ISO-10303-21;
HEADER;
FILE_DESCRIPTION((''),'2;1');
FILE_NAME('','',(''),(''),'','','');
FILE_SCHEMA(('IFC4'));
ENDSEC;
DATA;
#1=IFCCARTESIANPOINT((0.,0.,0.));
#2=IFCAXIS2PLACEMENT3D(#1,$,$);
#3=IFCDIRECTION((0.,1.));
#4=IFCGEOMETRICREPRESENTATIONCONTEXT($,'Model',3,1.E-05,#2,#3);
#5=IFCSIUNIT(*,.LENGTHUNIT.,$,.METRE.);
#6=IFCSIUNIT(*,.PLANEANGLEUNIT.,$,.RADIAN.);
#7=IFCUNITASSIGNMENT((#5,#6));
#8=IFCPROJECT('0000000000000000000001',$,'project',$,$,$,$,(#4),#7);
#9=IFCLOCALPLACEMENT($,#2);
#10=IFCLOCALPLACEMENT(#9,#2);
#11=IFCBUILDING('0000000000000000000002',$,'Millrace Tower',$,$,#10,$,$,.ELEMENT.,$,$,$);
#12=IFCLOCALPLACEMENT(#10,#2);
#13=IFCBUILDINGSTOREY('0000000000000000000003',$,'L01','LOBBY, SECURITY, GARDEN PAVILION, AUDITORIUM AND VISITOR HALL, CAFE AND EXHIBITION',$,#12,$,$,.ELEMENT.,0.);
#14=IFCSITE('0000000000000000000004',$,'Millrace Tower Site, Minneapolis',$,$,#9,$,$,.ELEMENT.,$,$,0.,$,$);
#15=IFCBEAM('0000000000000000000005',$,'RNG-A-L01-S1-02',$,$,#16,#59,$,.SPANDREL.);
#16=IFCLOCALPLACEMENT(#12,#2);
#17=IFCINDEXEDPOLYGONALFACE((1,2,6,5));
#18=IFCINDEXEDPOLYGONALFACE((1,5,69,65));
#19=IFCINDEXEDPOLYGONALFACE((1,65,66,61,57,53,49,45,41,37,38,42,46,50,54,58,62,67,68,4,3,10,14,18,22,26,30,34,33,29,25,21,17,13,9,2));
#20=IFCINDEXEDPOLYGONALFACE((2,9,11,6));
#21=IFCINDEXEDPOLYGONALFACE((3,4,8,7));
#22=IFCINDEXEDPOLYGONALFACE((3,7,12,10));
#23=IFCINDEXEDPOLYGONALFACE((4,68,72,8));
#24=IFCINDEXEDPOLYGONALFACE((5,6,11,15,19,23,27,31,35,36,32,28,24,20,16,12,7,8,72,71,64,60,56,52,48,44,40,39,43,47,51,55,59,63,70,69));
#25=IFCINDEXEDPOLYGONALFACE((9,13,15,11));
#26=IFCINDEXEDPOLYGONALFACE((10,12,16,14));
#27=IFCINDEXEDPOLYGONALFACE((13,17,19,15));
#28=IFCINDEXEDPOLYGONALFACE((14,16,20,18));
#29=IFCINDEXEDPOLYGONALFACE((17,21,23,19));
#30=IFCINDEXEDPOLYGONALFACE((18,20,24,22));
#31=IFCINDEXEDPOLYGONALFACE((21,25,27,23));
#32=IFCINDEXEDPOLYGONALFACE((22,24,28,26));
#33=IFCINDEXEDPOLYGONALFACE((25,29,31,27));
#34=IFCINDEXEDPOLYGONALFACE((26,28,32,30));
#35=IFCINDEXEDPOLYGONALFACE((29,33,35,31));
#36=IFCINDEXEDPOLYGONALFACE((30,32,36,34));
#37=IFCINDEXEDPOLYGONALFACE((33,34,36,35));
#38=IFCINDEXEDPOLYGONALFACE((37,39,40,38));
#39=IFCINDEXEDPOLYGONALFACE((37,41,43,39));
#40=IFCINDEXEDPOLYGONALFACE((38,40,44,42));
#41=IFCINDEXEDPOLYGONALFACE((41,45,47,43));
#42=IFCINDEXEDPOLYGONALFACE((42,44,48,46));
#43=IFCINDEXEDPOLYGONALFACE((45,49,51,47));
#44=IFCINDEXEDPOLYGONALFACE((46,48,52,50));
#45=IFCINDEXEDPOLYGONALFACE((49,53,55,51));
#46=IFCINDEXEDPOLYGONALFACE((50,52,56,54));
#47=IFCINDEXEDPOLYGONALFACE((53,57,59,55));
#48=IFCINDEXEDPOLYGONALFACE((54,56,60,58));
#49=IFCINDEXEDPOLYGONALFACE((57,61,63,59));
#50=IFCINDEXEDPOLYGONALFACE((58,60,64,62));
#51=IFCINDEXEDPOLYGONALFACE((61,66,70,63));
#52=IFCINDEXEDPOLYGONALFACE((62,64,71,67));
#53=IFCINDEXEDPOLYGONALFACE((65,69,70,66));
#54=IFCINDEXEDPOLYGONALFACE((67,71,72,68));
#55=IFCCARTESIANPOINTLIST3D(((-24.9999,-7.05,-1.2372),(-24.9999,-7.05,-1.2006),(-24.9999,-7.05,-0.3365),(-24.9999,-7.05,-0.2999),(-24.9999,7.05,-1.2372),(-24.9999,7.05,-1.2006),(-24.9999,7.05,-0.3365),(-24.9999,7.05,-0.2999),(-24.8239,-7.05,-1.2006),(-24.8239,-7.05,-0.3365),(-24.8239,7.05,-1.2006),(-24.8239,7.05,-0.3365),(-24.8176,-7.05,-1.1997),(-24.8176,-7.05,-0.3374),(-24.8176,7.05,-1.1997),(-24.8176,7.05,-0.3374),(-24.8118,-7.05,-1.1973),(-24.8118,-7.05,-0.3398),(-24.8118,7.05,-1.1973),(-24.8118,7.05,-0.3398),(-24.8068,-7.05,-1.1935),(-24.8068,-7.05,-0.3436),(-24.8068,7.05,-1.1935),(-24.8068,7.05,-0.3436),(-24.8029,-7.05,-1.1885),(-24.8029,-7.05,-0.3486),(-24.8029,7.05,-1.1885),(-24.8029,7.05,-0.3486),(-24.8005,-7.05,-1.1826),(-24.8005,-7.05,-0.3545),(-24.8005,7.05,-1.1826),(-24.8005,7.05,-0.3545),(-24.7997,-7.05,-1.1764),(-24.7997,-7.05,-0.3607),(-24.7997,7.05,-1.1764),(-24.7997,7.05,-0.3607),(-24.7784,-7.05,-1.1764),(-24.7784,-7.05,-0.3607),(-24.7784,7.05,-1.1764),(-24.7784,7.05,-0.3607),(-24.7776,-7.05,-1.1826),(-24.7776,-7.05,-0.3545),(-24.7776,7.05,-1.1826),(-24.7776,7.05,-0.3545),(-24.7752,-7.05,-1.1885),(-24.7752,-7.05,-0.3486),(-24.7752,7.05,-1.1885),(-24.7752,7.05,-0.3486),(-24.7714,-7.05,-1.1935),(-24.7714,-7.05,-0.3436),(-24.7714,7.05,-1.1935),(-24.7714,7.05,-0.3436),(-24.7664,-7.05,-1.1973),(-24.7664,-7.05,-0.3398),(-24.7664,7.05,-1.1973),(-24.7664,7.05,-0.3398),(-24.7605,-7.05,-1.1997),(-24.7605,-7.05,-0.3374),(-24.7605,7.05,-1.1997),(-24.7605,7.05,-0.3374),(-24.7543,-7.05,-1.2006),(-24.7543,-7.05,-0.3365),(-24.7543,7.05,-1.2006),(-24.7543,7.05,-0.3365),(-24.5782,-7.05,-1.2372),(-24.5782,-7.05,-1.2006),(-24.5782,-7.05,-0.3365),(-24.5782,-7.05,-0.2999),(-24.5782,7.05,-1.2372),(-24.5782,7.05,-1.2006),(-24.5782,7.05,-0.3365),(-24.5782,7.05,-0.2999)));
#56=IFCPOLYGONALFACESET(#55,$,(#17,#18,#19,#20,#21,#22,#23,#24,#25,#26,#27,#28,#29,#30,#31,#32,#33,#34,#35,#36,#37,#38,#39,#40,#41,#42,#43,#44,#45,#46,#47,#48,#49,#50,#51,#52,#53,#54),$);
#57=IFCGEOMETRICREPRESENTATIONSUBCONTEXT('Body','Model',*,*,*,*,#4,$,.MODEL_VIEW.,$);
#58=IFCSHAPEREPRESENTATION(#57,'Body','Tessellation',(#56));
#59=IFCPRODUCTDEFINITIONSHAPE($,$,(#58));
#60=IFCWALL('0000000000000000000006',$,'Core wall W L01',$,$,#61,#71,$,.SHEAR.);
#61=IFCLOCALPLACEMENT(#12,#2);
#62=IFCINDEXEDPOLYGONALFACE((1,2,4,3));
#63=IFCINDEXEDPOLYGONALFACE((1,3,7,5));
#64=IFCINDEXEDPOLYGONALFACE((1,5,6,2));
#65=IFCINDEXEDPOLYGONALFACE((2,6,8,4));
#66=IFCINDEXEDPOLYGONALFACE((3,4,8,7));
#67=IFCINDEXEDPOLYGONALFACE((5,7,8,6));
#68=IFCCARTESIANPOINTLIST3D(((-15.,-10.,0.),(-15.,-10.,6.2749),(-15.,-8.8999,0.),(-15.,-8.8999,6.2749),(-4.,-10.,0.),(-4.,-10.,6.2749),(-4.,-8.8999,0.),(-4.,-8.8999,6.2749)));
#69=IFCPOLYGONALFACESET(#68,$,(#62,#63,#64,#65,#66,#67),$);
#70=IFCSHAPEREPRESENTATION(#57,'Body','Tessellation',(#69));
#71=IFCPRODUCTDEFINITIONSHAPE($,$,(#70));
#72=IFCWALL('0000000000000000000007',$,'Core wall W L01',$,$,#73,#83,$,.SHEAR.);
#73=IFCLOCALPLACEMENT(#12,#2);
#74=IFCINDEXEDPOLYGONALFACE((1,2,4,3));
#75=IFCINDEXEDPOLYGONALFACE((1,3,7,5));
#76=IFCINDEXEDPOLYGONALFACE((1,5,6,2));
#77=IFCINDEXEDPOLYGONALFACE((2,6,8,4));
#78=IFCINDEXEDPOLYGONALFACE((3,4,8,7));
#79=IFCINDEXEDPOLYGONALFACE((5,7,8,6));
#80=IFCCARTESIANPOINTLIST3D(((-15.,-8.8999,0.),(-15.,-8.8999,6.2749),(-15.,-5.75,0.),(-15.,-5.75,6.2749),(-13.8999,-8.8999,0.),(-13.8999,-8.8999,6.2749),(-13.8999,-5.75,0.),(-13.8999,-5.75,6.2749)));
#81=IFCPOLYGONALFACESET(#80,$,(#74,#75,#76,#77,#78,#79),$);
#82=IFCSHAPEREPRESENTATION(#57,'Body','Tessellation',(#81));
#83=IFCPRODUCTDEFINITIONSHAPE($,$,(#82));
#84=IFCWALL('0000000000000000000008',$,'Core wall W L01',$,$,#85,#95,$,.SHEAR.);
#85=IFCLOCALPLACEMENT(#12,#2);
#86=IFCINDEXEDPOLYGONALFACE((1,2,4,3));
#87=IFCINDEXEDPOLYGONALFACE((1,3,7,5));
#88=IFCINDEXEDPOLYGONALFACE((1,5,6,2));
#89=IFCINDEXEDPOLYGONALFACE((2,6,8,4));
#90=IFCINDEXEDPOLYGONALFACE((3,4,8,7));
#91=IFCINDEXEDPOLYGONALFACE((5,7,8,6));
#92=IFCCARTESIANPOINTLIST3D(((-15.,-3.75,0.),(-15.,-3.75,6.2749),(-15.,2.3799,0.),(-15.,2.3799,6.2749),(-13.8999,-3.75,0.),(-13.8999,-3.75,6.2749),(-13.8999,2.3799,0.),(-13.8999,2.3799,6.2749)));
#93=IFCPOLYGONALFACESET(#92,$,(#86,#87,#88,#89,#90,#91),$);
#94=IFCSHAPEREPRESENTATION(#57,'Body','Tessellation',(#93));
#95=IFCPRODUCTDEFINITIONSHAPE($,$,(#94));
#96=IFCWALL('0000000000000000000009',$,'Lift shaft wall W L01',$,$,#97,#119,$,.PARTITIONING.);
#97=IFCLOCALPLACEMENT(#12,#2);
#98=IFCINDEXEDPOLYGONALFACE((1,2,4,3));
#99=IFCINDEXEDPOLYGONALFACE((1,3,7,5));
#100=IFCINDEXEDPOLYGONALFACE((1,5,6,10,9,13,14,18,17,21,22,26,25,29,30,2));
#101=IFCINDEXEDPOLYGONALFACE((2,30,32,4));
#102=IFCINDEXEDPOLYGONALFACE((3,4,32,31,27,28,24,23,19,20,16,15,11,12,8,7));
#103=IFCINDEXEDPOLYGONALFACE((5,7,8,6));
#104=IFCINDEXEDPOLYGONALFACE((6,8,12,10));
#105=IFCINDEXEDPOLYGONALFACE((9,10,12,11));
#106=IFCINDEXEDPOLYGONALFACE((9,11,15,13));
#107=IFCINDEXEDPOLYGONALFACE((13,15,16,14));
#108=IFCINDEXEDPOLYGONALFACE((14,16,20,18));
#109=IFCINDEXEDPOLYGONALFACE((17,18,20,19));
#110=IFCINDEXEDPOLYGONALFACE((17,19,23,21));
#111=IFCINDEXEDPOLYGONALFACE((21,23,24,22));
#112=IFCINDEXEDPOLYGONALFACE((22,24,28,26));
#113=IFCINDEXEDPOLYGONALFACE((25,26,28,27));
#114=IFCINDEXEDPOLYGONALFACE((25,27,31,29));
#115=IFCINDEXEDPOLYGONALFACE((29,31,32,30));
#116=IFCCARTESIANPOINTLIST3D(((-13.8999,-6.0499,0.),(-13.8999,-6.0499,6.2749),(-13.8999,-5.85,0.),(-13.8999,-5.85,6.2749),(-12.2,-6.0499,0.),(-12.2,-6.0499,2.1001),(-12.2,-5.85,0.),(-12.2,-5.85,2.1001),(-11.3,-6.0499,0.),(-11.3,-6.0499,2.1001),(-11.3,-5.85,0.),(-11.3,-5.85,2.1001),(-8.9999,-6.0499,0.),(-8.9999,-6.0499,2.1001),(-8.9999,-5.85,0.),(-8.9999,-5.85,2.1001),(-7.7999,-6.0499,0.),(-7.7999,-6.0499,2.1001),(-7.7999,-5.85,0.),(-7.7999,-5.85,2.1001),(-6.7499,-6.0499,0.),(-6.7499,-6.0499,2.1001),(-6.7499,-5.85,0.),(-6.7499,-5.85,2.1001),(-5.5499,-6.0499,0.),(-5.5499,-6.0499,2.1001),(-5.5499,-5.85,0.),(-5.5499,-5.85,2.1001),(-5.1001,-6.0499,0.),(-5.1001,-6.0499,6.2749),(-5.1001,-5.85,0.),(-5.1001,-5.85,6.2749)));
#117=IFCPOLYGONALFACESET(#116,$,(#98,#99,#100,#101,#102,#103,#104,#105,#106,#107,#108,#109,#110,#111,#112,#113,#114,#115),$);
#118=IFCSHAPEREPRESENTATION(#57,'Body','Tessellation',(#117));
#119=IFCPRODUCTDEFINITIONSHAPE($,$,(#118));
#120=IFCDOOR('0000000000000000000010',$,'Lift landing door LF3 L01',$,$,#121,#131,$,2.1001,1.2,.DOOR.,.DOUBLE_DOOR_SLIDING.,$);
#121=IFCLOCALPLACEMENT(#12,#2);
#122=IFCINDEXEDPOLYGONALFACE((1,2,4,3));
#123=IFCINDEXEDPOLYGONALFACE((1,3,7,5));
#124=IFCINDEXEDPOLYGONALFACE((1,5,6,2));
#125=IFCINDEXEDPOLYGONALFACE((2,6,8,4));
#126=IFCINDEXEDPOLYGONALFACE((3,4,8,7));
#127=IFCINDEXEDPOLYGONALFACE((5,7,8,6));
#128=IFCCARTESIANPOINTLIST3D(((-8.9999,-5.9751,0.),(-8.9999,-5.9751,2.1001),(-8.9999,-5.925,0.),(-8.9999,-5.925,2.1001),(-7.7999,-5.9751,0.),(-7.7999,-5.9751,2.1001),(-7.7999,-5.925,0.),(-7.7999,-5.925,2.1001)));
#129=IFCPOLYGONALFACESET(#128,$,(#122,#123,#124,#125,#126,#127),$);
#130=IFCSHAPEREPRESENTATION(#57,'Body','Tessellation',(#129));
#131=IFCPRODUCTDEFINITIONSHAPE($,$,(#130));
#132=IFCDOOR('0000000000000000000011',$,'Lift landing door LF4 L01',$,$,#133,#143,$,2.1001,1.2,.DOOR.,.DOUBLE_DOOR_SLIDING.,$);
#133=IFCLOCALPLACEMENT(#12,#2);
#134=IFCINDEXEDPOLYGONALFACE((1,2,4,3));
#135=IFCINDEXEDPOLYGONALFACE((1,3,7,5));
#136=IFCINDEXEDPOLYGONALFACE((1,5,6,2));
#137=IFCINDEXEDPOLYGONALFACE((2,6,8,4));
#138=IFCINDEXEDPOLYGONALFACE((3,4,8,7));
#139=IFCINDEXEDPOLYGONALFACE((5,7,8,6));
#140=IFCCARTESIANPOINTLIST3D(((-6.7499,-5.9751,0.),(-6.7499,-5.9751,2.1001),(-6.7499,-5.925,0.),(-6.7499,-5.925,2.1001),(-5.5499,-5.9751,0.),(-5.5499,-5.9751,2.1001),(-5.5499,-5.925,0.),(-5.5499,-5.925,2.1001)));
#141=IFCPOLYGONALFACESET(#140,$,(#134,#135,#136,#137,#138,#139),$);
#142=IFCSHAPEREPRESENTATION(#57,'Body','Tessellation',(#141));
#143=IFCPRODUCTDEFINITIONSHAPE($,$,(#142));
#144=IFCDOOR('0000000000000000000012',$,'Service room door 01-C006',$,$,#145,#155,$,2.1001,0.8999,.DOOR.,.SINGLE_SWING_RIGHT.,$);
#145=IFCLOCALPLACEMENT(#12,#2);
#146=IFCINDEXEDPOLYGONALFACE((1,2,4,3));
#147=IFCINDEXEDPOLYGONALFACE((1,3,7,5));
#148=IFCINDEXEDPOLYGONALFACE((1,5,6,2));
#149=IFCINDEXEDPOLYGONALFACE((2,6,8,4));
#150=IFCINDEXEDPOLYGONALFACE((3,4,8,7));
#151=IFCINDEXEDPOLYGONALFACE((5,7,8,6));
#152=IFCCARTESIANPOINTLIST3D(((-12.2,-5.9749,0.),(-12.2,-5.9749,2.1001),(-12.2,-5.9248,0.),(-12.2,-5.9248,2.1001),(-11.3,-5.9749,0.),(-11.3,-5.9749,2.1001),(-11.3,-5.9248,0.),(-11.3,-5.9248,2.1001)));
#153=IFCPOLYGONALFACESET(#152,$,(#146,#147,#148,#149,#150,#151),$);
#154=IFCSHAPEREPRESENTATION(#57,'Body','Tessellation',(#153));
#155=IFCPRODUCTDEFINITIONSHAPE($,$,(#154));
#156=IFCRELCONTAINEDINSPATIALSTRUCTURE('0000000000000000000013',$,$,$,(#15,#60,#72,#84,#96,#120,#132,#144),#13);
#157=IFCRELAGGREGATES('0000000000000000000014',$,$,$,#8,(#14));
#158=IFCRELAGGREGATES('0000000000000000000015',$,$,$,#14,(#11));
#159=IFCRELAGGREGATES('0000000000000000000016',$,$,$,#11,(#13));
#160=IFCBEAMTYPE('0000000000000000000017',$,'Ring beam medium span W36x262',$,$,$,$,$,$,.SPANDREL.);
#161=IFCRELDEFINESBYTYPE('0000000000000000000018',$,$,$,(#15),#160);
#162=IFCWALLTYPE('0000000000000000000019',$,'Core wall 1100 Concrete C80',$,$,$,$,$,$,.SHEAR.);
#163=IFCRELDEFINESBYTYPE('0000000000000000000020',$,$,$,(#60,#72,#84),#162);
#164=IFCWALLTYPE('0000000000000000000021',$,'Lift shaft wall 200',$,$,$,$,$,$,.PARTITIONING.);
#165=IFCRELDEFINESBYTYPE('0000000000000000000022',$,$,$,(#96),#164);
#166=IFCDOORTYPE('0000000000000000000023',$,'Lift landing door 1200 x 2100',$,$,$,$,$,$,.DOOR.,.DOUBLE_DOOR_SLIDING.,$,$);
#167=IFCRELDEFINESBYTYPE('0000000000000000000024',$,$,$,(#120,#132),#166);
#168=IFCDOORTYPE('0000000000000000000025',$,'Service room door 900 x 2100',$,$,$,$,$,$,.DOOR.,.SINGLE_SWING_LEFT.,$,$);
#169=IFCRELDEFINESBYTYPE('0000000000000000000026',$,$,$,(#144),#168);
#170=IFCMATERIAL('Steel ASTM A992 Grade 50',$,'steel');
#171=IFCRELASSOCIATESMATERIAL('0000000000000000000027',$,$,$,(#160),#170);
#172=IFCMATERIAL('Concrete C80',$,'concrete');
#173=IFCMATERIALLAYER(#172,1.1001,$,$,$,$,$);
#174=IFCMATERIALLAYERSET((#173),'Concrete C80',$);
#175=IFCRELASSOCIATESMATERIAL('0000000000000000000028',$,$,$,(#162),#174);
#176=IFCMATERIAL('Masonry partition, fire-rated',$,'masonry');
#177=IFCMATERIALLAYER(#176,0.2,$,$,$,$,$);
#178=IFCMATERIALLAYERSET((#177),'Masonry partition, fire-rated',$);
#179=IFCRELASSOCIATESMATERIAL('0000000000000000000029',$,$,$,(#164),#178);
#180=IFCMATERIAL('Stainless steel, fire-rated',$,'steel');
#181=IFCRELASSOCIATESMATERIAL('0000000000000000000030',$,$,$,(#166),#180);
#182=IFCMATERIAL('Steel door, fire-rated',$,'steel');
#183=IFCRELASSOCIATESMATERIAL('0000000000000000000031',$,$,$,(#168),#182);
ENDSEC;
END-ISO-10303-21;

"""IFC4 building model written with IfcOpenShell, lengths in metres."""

from ifc_helpers import new_model, si_unit, direction, frame, frame_2d, origin, origin_2d, place, context, subcontext, project, spatial, rectangle, i_section, extrude, material, layer, layer_set, material_profile, profile_set, type_object, element, fill, save


model = new_model("IFC4")

# Units and contexts
model_context = context("Model", 3, precision=1e-05, world=origin(), true_north=direction((0.0, 1.0)))
body_context = subcontext(model_context, "Body", "Model", "MODEL_VIEW")
ifc_project = project(units=[si_unit("LENGTHUNIT", "METRE"), si_unit("PLANEANGLEUNIT", "RADIAN")], contexts=[model_context])

# Site, building, storey
site_placement = place(None, origin())
site = spatial("IfcSite", under=ifc_project, at=site_placement, Name="Millrace Tower Site, Minneapolis", CompositionType="ELEMENT", RefElevation=0.0)
building_placement = place(site_placement, origin())
building = spatial("IfcBuilding", under=site, at=building_placement, Name="Millrace Tower", CompositionType="ELEMENT")
storey_placement = place(building_placement, origin())
storey = spatial("IfcBuildingStorey", under=building, at=storey_placement, Name="L01", Description="LOBBY, SECURITY, GARDEN PAVILION, AUDITORIUM AND VISITOR HALL, CAFE AND EXHIBITION", CompositionType="ELEMENT", Elevation=0.0)

# Beam
ifc_material_1 = material(Name="Steel ASTM A992 Grade 50", Category="steel")
ifc_material_profile_1 = material_profile(ifc_material_1, i_section(OverallWidth=0.4216, OverallDepth=0.9373, WebThickness=0.0212, FlangeThickness=0.0366, FilletRadius=0.0242, at=origin_2d()))
ifc_profile_set_1 = profile_set([ifc_material_profile_1], Name="Steel ASTM A992 Grade 50")
beam_type_1 = type_object("IfcBeamType", Name="Ring beam medium span W36x262", PredefinedType="SPANDREL", material=ifc_profile_set_1)
beam_1_placement = place(storey_placement, frame((-24.7891, -7.05, -0.7686), z_axis=(0.0, 1.0, 0.0), x_axis=(-1.0, 0.0, 0.0)))
element("IfcBeam", 1, at=beam_1_placement, inside=storey, type_object=beam_type_1, Name="RNG-A-L01-S1-02", PredefinedType="SPANDREL", context=body_context, shape_type="SweptSolid", body=[
    extrude(i_section(OverallWidth=0.4216, OverallDepth=0.9373, WebThickness=0.0212, FlangeThickness=0.0366, FilletRadius=0.0242, at=origin_2d()), origin(), (0.0, 0.0, 1.0), 14.1001),
])

# Walls
ifc_material_2 = material(Name="Concrete C80", Category="concrete")
ifc_layer_1 = layer(ifc_material_2, 1.1001)
ifc_layer_set_1 = layer_set([ifc_layer_1], Name="Concrete C80")
wall_type_1 = type_object("IfcWallType", Name="Core wall 1100 Concrete C80", PredefinedType="SHEAR", material=ifc_layer_set_1)
wall_1_placement = place(storey_placement, frame((-15.0, -9.45, 0.0), z_axis=(0.0, 0.0, 1.0), x_axis=(1.0, 0.0, 0.0)))
element("IfcWall", 2, at=wall_1_placement, inside=storey, type_object=wall_type_1, Name="Core wall W L01", PredefinedType="SHEAR", context=body_context, shape_type="SweptSolid", body=[
    extrude(rectangle(XDim=11.0, YDim=1.1001, at=frame_2d((5.5, 0.0))), origin(), (0.0, 0.0, 1.0), 6.2749),
])
wall_2_placement = place(storey_placement, frame((-14.45, -8.8999, 0.0), z_axis=(0.0, 0.0, 1.0), x_axis=(0.0, 1.0, 0.0)))
element("IfcWall", 3, at=wall_2_placement, inside=storey, type_object=wall_type_1, Name="Core wall W L01", PredefinedType="SHEAR", context=body_context, shape_type="SweptSolid", body=[
    extrude(rectangle(XDim=3.1499, YDim=1.1001, at=frame_2d((1.575, 0.0))), origin(), (0.0, 0.0, 1.0), 6.2749),
])
wall_3_placement = place(storey_placement, frame((-14.45, -3.75, 0.0), z_axis=(0.0, 0.0, 1.0), x_axis=(0.0, 1.0, 0.0)))
element("IfcWall", 4, at=wall_3_placement, inside=storey, type_object=wall_type_1, Name="Core wall W L01", PredefinedType="SHEAR", context=body_context, shape_type="SweptSolid", body=[
    extrude(rectangle(XDim=6.1299, YDim=1.1001, at=frame_2d((3.0649, 0.0))), origin(), (0.0, 0.0, 1.0), 6.2749),
])

# Wall, openings, doors
ifc_material_3 = material(Name="Masonry partition, fire-rated", Category="masonry")
ifc_layer_2 = layer(ifc_material_3, 0.2)
ifc_layer_set_2 = layer_set([ifc_layer_2], Name="Masonry partition, fire-rated")
wall_type_2 = type_object("IfcWallType", Name="Lift shaft wall 200", PredefinedType="PARTITIONING", material=ifc_layer_set_2)
wall_4_placement = place(storey_placement, frame((-13.8999, -5.95, 0.0), z_axis=(0.0, 0.0, 1.0), x_axis=(1.0, 0.0, 0.0)))
wall_4 = element("IfcWall", 5, at=wall_4_placement, inside=storey, type_object=wall_type_2, Name="Lift shaft wall W L01", PredefinedType="PARTITIONING", context=body_context, shape_type="SweptSolid", body=[
    extrude(rectangle(XDim=8.7998, YDim=0.2, at=frame_2d((4.3999, 0.0))), origin(), (0.0, 0.0, 1.0), 6.2749),
])
opening_1_placement = place(wall_4_placement, frame((4.8999, 0.0, 0.0)))
opening_1 = element("IfcOpeningElement", 6, at=opening_1_placement, cuts=wall_4, PredefinedType="OPENING", context=body_context, shape_type="SweptSolid", body=[
    extrude(rectangle(XDim=1.2, YDim=2.1001, at=frame_2d((0.6001, 1.05))), frame((0.0, 0.1099, 0.0), z_axis=(0.0, -1.0, 0.0), x_axis=(1.0, 0.0, 0.0)), (0.0, 0.0, 1.0), 0.22),
])
opening_2_placement = place(wall_4_placement, frame((7.1499, 0.0, 0.0)))
opening_2 = element("IfcOpeningElement", 7, at=opening_2_placement, cuts=wall_4, PredefinedType="OPENING", context=body_context, shape_type="SweptSolid", body=[
    extrude(rectangle(XDim=1.2, YDim=2.1001, at=frame_2d((0.6001, 1.05))), frame((0.0, 0.1099, 0.0), z_axis=(0.0, -1.0, 0.0), x_axis=(1.0, 0.0, 0.0)), (0.0, 0.0, 1.0), 0.22),
])
opening_3_placement = place(wall_4_placement, frame((1.7, 0.0, 0.0)))
opening_3 = element("IfcOpeningElement", 8, at=opening_3_placement, cuts=wall_4, PredefinedType="OPENING", context=body_context, shape_type="SweptSolid", body=[
    extrude(rectangle(XDim=0.8999, YDim=2.1001, at=frame_2d((0.45, 1.05))), frame((0.0, 0.1099, 0.0), z_axis=(0.0, -1.0, 0.0), x_axis=(1.0, 0.0, 0.0)), (0.0, 0.0, 1.0), 0.22),
])
ifc_material_4 = material(Name="Stainless steel, fire-rated", Category="steel")
door_type_1 = type_object("IfcDoorType", Name="Lift landing door 1200 x 2100", OperationType="DOUBLE_DOOR_SLIDING", PredefinedType="DOOR", material=ifc_material_4)
door_1_placement = place(opening_1_placement, origin())
door_1 = element("IfcDoor", 9, at=door_1_placement, inside=storey, type_object=door_type_1, Name="Lift landing door LF3 L01", OperationType="DOUBLE_DOOR_SLIDING", OverallHeight=2.1001, OverallWidth=1.2, PredefinedType="DOOR", context=body_context, shape_type="SweptSolid", body=[
    extrude(rectangle(XDim=1.2, YDim=2.1001, at=frame_2d((0.6001, 1.05))), frame((0.0, 0.0249, 0.0), z_axis=(0.0, -1.0, 0.0), x_axis=(1.0, 0.0, 0.0)), (0.0, 0.0, 1.0), 0.05),
])
fill(opening_1, door_1)
door_2_placement = place(opening_2_placement, origin())
door_2 = element("IfcDoor", 10, at=door_2_placement, inside=storey, type_object=door_type_1, Name="Lift landing door LF4 L01", OperationType="DOUBLE_DOOR_SLIDING", OverallHeight=2.1001, OverallWidth=1.2, PredefinedType="DOOR", context=body_context, shape_type="SweptSolid", body=[
    extrude(rectangle(XDim=1.2, YDim=2.1001, at=frame_2d((0.6001, 1.05))), frame((0.0, 0.0249, 0.0), z_axis=(0.0, -1.0, 0.0), x_axis=(1.0, 0.0, 0.0)), (0.0, 0.0, 1.0), 0.05),
])
fill(opening_2, door_2)
ifc_material_5 = material(Name="Steel door, fire-rated", Category="steel")
door_type_2 = type_object("IfcDoorType", Name="Service room door 900 x 2100", OperationType="SINGLE_SWING_LEFT", PredefinedType="DOOR", material=ifc_material_5)
door_3_placement = place(opening_3_placement, frame((0.8999, 0.0, 0.0), z_axis=(0.0, 0.0, 1.0), x_axis=(-1.0, 0.0, 0.0)))
door_3 = element("IfcDoor", 11, at=door_3_placement, inside=storey, type_object=door_type_2, Name="Service room door 01-C006", OperationType="SINGLE_SWING_RIGHT", OverallHeight=2.1001, OverallWidth=0.8999, PredefinedType="DOOR", context=body_context, shape_type="SweptSolid", body=[
    extrude(rectangle(XDim=0.8999, YDim=2.1001, at=frame_2d((0.45, 1.05))), frame((0.0, 0.0249, 0.0), z_axis=(0.0, -1.0, 0.0), x_axis=(1.0, 0.0, 0.0)), (0.0, 0.0, 1.0), 0.05),
])
fill(opening_3, door_3)

save(model, "model.ifc")
